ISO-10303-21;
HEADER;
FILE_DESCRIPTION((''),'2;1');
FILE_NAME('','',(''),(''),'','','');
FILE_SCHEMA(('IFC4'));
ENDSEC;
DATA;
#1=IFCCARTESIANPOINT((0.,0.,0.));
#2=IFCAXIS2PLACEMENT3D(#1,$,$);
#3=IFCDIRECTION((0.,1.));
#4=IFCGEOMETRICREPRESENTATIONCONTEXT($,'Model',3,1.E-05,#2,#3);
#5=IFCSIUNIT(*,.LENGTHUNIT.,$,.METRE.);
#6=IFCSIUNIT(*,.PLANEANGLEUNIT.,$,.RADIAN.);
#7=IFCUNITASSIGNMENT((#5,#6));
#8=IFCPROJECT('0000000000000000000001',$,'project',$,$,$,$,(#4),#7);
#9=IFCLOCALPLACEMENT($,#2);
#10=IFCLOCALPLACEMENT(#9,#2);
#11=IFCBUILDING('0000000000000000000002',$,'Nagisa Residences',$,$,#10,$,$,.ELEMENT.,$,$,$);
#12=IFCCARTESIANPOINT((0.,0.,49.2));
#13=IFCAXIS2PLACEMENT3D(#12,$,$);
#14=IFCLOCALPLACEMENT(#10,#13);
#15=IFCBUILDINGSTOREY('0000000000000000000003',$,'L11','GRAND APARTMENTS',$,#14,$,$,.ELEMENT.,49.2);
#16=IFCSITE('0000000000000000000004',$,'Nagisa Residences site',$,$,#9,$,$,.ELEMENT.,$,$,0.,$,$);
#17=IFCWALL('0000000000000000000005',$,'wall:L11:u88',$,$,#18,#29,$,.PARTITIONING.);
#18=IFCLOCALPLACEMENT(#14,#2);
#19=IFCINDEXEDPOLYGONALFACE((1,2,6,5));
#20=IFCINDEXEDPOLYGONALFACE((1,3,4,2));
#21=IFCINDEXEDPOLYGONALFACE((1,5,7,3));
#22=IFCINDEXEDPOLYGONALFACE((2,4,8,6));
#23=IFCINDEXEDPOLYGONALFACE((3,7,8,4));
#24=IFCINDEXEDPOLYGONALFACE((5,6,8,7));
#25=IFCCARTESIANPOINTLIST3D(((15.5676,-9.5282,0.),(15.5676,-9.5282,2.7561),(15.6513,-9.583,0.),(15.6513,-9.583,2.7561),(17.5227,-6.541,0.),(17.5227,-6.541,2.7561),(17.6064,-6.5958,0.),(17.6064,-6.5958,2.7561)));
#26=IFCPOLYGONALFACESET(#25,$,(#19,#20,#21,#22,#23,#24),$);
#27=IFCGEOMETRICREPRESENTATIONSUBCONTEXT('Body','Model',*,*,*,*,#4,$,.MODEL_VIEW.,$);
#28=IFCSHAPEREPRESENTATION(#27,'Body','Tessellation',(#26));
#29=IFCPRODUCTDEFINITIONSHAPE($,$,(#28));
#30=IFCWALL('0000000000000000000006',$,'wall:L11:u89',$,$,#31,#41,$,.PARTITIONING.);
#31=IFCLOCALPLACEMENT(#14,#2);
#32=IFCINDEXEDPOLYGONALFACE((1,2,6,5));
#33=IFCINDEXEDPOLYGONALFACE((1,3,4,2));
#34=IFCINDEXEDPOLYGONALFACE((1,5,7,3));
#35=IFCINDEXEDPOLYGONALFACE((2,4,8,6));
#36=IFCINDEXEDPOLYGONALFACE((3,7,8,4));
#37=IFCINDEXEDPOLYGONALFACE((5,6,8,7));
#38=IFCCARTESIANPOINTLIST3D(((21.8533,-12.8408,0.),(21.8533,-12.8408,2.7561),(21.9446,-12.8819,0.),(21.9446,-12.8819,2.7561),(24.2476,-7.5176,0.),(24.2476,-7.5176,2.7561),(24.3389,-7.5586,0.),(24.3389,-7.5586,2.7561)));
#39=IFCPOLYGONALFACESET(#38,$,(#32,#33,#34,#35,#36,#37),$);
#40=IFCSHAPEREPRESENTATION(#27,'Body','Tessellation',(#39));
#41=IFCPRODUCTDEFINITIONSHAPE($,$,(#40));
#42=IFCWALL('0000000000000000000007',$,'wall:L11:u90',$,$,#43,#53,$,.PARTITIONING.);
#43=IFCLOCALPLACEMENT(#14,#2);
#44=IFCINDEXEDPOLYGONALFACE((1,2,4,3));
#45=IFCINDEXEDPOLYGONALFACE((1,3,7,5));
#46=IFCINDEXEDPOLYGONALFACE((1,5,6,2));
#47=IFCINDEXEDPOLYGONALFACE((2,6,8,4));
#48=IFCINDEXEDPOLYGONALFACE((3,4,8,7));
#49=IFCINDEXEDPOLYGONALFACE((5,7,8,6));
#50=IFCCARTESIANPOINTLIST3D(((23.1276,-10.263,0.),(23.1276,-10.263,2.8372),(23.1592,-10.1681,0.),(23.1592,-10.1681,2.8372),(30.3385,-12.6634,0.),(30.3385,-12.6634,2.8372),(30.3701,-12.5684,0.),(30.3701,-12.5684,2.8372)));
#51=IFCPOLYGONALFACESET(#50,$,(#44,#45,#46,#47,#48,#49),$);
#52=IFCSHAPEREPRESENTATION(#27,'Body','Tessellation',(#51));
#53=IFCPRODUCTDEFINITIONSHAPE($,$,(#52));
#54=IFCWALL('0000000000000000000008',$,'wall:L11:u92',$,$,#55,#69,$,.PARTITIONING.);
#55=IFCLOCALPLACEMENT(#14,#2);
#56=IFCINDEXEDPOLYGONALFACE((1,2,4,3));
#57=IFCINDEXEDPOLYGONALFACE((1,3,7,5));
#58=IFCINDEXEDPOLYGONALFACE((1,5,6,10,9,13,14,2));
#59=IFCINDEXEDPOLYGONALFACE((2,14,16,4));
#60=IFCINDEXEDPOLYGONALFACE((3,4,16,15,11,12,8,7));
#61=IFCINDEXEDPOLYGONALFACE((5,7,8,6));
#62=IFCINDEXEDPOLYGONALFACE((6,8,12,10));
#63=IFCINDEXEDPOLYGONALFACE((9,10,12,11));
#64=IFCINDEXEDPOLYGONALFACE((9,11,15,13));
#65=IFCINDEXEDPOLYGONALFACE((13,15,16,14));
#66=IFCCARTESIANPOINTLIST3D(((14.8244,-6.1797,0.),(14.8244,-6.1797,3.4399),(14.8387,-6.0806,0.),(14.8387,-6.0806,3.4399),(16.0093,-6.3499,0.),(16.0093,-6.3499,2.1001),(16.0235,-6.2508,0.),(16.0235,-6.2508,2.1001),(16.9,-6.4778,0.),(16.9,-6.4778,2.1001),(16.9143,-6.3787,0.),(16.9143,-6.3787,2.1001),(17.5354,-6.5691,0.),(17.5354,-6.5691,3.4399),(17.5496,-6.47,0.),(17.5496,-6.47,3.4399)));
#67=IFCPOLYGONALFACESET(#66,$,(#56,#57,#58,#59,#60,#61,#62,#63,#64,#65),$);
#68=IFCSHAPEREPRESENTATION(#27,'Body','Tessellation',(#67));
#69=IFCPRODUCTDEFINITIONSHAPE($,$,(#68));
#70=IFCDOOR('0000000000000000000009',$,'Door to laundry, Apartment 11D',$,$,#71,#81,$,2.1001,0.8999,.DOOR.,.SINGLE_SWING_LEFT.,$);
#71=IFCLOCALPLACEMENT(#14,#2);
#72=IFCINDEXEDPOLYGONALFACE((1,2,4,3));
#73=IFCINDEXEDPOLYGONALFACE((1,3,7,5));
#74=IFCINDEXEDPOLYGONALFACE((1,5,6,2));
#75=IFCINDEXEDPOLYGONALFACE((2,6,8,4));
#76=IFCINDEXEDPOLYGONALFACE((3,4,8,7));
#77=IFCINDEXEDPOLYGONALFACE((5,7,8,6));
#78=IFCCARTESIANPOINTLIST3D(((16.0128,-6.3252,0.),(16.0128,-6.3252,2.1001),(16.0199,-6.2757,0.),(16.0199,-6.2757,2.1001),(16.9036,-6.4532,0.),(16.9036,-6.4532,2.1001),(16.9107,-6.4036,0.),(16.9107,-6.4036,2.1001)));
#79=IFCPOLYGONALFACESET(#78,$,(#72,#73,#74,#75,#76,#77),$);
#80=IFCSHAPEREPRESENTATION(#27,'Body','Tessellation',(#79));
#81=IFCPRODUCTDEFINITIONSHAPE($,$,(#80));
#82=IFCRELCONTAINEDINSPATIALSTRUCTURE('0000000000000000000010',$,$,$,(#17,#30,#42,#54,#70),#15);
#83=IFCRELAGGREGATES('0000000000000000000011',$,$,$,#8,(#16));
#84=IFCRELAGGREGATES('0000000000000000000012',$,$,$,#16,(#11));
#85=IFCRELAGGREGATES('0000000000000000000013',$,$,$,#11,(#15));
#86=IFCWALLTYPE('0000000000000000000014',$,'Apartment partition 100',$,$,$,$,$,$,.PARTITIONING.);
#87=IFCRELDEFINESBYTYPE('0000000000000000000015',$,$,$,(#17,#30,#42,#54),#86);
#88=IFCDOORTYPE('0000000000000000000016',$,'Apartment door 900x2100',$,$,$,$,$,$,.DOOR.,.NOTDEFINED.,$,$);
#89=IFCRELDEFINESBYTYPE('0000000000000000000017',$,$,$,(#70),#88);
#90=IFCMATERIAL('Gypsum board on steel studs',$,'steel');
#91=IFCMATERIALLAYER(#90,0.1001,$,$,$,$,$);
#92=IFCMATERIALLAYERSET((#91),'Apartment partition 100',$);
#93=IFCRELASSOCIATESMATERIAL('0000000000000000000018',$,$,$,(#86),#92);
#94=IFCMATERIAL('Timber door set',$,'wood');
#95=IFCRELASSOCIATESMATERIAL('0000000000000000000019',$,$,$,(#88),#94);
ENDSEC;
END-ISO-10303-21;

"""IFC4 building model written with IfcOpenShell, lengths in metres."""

from ifc_helpers import new_model, si_unit, direction, frame, frame_2d, origin, place, context, subcontext, project, spatial, rectangle, extrude, material, layer, layer_set, type_object, element, fill, save


model = new_model("IFC4")

# Units and contexts
model_context = context("Model", 3, precision=1e-05, world=origin(), true_north=direction((0.0, 1.0)))
body_context = subcontext(model_context, "Body", "Model", "MODEL_VIEW")
ifc_project = project(units=[si_unit("LENGTHUNIT", "METRE"), si_unit("PLANEANGLEUNIT", "RADIAN")], contexts=[model_context])

# Site, building, storey
site_placement = place(None, origin())
site = spatial("IfcSite", under=ifc_project, at=site_placement, Name="Nagisa Residences site", CompositionType="ELEMENT", RefElevation=0.0)
building_placement = place(site_placement, origin())
building = spatial("IfcBuilding", under=site, at=building_placement, Name="Nagisa Residences", CompositionType="ELEMENT")
storey_placement = place(building_placement, frame((0.0, 0.0, 49.2)))
storey = spatial("IfcBuildingStorey", under=building, at=storey_placement, Name="L11", Description="GRAND APARTMENTS", CompositionType="ELEMENT", Elevation=49.2)

# Shared definitions
ifc_material_1 = material(Name="Gypsum board on steel studs", Category="steel")
ifc_layer_1 = layer(ifc_material_1, 0.1001)
ifc_layer_set_1 = layer_set([ifc_layer_1], Name="Apartment partition 100")
wall_type_1 = type_object("IfcWallType", Name="Apartment partition 100", PredefinedType="PARTITIONING", material=ifc_layer_set_1)
ifc_material_2 = material(Name="Timber door set", Category="wood")
door_type_1 = type_object("IfcDoorType", Name="Apartment door 900x2100", OperationType="NOTDEFINED", PredefinedType="DOOR", material=ifc_material_2)

# Walls
wall_1_placement = place(storey_placement, frame((15.6094, -9.5557, 0.0), z_axis=(0.0, 0.0, 1.0), x_axis=(0.547642, 0.836713, 0.0)))
element("IfcWall", 1, at=wall_1_placement, inside=storey, type_object=wall_type_1, Name="wall:L11:u88", PredefinedType="PARTITIONING", context=body_context, shape_type="SweptSolid", body=[
    extrude(rectangle(XDim=3.5701, YDim=0.1001, at=frame_2d((1.7852, 0.0))), origin(), (0.0, 0.0, 1.0), 2.7561),
])
wall_2_placement = place(storey_placement, frame((21.8989, -12.8613, 0.0), z_axis=(0.0, 0.0, 1.0), x_axis=(0.410198, 0.911997, 0.0)))
element("IfcWall", 2, at=wall_2_placement, inside=storey, type_object=wall_type_1, Name="wall:L11:u89", PredefinedType="PARTITIONING", context=body_context, shape_type="SweptSolid", body=[
    extrude(rectangle(XDim=5.8369, YDim=0.1001, at=frame_2d((2.9185, 0.0))), origin(), (0.0, 0.0, 1.0), 2.7561),
])
wall_3_placement = place(storey_placement, frame((23.1436, -10.2156, 0.0), z_axis=(0.0, 0.0, 1.0), x_axis=(0.948812, -0.315842, 0.0)))
element("IfcWall", 3, at=wall_3_placement, inside=storey, type_object=wall_type_1, Name="wall:L11:u90", PredefinedType="PARTITIONING", context=body_context, shape_type="SweptSolid", body=[
    extrude(rectangle(XDim=7.5999, YDim=0.1001, at=frame_2d((3.7998, 0.0))), origin(), (0.0, 0.0, 1.0), 2.8372),
])

# Wall, opening, door
wall_4_placement = place(storey_placement, frame((14.8315, -6.1301, 0.0), z_axis=(0.0, 0.0, 1.0), x_axis=(0.98984, -0.142183, 0.0)))
wall_4 = element("IfcWall", 4, at=wall_4_placement, inside=storey, type_object=wall_type_1, Name="wall:L11:u92", PredefinedType="PARTITIONING", context=body_context, shape_type="SweptSolid", body=[
    extrude(rectangle(XDim=2.7388, YDim=0.1001, at=frame_2d((1.3694, 0.0))), origin(), (0.0, 0.0, 1.0), 3.4399),
])
opening_1_placement = place(wall_4_placement, frame((1.197, 0.0, 0.0)))
opening_1 = element("IfcOpeningElement", 5, at=opening_1_placement, cuts=wall_4, PredefinedType="OPENING", context=body_context, shape_type="SweptSolid", body=[
    extrude(rectangle(XDim=0.8999, YDim=2.1001, at=frame_2d((0.45, 1.05))), frame((0.0, 0.0601, 0.0), z_axis=(0.0, -1.0, 0.0), x_axis=(1.0, 0.0, 0.0)), (0.0, 0.0, 1.0), 0.1201),
])
door_1_placement = place(opening_1_placement, origin())
door_1 = element("IfcDoor", 6, at=door_1_placement, inside=storey, type_object=door_type_1, Name="Door to laundry, Apartment 11D", OperationType="SINGLE_SWING_LEFT", OverallHeight=2.1001, OverallWidth=0.8999, PredefinedType="DOOR", context=body_context, shape_type="SweptSolid", body=[
    extrude(rectangle(XDim=0.8999, YDim=2.1001, at=frame_2d((0.45, 1.05))), frame((0.0, 0.0249, 0.0), z_axis=(0.0, -1.0, 0.0), x_axis=(1.0, 0.0, 0.0)), (0.0, 0.0, 1.0), 0.05),
])
fill(opening_1, door_1)

save(model, "model.ifc")
